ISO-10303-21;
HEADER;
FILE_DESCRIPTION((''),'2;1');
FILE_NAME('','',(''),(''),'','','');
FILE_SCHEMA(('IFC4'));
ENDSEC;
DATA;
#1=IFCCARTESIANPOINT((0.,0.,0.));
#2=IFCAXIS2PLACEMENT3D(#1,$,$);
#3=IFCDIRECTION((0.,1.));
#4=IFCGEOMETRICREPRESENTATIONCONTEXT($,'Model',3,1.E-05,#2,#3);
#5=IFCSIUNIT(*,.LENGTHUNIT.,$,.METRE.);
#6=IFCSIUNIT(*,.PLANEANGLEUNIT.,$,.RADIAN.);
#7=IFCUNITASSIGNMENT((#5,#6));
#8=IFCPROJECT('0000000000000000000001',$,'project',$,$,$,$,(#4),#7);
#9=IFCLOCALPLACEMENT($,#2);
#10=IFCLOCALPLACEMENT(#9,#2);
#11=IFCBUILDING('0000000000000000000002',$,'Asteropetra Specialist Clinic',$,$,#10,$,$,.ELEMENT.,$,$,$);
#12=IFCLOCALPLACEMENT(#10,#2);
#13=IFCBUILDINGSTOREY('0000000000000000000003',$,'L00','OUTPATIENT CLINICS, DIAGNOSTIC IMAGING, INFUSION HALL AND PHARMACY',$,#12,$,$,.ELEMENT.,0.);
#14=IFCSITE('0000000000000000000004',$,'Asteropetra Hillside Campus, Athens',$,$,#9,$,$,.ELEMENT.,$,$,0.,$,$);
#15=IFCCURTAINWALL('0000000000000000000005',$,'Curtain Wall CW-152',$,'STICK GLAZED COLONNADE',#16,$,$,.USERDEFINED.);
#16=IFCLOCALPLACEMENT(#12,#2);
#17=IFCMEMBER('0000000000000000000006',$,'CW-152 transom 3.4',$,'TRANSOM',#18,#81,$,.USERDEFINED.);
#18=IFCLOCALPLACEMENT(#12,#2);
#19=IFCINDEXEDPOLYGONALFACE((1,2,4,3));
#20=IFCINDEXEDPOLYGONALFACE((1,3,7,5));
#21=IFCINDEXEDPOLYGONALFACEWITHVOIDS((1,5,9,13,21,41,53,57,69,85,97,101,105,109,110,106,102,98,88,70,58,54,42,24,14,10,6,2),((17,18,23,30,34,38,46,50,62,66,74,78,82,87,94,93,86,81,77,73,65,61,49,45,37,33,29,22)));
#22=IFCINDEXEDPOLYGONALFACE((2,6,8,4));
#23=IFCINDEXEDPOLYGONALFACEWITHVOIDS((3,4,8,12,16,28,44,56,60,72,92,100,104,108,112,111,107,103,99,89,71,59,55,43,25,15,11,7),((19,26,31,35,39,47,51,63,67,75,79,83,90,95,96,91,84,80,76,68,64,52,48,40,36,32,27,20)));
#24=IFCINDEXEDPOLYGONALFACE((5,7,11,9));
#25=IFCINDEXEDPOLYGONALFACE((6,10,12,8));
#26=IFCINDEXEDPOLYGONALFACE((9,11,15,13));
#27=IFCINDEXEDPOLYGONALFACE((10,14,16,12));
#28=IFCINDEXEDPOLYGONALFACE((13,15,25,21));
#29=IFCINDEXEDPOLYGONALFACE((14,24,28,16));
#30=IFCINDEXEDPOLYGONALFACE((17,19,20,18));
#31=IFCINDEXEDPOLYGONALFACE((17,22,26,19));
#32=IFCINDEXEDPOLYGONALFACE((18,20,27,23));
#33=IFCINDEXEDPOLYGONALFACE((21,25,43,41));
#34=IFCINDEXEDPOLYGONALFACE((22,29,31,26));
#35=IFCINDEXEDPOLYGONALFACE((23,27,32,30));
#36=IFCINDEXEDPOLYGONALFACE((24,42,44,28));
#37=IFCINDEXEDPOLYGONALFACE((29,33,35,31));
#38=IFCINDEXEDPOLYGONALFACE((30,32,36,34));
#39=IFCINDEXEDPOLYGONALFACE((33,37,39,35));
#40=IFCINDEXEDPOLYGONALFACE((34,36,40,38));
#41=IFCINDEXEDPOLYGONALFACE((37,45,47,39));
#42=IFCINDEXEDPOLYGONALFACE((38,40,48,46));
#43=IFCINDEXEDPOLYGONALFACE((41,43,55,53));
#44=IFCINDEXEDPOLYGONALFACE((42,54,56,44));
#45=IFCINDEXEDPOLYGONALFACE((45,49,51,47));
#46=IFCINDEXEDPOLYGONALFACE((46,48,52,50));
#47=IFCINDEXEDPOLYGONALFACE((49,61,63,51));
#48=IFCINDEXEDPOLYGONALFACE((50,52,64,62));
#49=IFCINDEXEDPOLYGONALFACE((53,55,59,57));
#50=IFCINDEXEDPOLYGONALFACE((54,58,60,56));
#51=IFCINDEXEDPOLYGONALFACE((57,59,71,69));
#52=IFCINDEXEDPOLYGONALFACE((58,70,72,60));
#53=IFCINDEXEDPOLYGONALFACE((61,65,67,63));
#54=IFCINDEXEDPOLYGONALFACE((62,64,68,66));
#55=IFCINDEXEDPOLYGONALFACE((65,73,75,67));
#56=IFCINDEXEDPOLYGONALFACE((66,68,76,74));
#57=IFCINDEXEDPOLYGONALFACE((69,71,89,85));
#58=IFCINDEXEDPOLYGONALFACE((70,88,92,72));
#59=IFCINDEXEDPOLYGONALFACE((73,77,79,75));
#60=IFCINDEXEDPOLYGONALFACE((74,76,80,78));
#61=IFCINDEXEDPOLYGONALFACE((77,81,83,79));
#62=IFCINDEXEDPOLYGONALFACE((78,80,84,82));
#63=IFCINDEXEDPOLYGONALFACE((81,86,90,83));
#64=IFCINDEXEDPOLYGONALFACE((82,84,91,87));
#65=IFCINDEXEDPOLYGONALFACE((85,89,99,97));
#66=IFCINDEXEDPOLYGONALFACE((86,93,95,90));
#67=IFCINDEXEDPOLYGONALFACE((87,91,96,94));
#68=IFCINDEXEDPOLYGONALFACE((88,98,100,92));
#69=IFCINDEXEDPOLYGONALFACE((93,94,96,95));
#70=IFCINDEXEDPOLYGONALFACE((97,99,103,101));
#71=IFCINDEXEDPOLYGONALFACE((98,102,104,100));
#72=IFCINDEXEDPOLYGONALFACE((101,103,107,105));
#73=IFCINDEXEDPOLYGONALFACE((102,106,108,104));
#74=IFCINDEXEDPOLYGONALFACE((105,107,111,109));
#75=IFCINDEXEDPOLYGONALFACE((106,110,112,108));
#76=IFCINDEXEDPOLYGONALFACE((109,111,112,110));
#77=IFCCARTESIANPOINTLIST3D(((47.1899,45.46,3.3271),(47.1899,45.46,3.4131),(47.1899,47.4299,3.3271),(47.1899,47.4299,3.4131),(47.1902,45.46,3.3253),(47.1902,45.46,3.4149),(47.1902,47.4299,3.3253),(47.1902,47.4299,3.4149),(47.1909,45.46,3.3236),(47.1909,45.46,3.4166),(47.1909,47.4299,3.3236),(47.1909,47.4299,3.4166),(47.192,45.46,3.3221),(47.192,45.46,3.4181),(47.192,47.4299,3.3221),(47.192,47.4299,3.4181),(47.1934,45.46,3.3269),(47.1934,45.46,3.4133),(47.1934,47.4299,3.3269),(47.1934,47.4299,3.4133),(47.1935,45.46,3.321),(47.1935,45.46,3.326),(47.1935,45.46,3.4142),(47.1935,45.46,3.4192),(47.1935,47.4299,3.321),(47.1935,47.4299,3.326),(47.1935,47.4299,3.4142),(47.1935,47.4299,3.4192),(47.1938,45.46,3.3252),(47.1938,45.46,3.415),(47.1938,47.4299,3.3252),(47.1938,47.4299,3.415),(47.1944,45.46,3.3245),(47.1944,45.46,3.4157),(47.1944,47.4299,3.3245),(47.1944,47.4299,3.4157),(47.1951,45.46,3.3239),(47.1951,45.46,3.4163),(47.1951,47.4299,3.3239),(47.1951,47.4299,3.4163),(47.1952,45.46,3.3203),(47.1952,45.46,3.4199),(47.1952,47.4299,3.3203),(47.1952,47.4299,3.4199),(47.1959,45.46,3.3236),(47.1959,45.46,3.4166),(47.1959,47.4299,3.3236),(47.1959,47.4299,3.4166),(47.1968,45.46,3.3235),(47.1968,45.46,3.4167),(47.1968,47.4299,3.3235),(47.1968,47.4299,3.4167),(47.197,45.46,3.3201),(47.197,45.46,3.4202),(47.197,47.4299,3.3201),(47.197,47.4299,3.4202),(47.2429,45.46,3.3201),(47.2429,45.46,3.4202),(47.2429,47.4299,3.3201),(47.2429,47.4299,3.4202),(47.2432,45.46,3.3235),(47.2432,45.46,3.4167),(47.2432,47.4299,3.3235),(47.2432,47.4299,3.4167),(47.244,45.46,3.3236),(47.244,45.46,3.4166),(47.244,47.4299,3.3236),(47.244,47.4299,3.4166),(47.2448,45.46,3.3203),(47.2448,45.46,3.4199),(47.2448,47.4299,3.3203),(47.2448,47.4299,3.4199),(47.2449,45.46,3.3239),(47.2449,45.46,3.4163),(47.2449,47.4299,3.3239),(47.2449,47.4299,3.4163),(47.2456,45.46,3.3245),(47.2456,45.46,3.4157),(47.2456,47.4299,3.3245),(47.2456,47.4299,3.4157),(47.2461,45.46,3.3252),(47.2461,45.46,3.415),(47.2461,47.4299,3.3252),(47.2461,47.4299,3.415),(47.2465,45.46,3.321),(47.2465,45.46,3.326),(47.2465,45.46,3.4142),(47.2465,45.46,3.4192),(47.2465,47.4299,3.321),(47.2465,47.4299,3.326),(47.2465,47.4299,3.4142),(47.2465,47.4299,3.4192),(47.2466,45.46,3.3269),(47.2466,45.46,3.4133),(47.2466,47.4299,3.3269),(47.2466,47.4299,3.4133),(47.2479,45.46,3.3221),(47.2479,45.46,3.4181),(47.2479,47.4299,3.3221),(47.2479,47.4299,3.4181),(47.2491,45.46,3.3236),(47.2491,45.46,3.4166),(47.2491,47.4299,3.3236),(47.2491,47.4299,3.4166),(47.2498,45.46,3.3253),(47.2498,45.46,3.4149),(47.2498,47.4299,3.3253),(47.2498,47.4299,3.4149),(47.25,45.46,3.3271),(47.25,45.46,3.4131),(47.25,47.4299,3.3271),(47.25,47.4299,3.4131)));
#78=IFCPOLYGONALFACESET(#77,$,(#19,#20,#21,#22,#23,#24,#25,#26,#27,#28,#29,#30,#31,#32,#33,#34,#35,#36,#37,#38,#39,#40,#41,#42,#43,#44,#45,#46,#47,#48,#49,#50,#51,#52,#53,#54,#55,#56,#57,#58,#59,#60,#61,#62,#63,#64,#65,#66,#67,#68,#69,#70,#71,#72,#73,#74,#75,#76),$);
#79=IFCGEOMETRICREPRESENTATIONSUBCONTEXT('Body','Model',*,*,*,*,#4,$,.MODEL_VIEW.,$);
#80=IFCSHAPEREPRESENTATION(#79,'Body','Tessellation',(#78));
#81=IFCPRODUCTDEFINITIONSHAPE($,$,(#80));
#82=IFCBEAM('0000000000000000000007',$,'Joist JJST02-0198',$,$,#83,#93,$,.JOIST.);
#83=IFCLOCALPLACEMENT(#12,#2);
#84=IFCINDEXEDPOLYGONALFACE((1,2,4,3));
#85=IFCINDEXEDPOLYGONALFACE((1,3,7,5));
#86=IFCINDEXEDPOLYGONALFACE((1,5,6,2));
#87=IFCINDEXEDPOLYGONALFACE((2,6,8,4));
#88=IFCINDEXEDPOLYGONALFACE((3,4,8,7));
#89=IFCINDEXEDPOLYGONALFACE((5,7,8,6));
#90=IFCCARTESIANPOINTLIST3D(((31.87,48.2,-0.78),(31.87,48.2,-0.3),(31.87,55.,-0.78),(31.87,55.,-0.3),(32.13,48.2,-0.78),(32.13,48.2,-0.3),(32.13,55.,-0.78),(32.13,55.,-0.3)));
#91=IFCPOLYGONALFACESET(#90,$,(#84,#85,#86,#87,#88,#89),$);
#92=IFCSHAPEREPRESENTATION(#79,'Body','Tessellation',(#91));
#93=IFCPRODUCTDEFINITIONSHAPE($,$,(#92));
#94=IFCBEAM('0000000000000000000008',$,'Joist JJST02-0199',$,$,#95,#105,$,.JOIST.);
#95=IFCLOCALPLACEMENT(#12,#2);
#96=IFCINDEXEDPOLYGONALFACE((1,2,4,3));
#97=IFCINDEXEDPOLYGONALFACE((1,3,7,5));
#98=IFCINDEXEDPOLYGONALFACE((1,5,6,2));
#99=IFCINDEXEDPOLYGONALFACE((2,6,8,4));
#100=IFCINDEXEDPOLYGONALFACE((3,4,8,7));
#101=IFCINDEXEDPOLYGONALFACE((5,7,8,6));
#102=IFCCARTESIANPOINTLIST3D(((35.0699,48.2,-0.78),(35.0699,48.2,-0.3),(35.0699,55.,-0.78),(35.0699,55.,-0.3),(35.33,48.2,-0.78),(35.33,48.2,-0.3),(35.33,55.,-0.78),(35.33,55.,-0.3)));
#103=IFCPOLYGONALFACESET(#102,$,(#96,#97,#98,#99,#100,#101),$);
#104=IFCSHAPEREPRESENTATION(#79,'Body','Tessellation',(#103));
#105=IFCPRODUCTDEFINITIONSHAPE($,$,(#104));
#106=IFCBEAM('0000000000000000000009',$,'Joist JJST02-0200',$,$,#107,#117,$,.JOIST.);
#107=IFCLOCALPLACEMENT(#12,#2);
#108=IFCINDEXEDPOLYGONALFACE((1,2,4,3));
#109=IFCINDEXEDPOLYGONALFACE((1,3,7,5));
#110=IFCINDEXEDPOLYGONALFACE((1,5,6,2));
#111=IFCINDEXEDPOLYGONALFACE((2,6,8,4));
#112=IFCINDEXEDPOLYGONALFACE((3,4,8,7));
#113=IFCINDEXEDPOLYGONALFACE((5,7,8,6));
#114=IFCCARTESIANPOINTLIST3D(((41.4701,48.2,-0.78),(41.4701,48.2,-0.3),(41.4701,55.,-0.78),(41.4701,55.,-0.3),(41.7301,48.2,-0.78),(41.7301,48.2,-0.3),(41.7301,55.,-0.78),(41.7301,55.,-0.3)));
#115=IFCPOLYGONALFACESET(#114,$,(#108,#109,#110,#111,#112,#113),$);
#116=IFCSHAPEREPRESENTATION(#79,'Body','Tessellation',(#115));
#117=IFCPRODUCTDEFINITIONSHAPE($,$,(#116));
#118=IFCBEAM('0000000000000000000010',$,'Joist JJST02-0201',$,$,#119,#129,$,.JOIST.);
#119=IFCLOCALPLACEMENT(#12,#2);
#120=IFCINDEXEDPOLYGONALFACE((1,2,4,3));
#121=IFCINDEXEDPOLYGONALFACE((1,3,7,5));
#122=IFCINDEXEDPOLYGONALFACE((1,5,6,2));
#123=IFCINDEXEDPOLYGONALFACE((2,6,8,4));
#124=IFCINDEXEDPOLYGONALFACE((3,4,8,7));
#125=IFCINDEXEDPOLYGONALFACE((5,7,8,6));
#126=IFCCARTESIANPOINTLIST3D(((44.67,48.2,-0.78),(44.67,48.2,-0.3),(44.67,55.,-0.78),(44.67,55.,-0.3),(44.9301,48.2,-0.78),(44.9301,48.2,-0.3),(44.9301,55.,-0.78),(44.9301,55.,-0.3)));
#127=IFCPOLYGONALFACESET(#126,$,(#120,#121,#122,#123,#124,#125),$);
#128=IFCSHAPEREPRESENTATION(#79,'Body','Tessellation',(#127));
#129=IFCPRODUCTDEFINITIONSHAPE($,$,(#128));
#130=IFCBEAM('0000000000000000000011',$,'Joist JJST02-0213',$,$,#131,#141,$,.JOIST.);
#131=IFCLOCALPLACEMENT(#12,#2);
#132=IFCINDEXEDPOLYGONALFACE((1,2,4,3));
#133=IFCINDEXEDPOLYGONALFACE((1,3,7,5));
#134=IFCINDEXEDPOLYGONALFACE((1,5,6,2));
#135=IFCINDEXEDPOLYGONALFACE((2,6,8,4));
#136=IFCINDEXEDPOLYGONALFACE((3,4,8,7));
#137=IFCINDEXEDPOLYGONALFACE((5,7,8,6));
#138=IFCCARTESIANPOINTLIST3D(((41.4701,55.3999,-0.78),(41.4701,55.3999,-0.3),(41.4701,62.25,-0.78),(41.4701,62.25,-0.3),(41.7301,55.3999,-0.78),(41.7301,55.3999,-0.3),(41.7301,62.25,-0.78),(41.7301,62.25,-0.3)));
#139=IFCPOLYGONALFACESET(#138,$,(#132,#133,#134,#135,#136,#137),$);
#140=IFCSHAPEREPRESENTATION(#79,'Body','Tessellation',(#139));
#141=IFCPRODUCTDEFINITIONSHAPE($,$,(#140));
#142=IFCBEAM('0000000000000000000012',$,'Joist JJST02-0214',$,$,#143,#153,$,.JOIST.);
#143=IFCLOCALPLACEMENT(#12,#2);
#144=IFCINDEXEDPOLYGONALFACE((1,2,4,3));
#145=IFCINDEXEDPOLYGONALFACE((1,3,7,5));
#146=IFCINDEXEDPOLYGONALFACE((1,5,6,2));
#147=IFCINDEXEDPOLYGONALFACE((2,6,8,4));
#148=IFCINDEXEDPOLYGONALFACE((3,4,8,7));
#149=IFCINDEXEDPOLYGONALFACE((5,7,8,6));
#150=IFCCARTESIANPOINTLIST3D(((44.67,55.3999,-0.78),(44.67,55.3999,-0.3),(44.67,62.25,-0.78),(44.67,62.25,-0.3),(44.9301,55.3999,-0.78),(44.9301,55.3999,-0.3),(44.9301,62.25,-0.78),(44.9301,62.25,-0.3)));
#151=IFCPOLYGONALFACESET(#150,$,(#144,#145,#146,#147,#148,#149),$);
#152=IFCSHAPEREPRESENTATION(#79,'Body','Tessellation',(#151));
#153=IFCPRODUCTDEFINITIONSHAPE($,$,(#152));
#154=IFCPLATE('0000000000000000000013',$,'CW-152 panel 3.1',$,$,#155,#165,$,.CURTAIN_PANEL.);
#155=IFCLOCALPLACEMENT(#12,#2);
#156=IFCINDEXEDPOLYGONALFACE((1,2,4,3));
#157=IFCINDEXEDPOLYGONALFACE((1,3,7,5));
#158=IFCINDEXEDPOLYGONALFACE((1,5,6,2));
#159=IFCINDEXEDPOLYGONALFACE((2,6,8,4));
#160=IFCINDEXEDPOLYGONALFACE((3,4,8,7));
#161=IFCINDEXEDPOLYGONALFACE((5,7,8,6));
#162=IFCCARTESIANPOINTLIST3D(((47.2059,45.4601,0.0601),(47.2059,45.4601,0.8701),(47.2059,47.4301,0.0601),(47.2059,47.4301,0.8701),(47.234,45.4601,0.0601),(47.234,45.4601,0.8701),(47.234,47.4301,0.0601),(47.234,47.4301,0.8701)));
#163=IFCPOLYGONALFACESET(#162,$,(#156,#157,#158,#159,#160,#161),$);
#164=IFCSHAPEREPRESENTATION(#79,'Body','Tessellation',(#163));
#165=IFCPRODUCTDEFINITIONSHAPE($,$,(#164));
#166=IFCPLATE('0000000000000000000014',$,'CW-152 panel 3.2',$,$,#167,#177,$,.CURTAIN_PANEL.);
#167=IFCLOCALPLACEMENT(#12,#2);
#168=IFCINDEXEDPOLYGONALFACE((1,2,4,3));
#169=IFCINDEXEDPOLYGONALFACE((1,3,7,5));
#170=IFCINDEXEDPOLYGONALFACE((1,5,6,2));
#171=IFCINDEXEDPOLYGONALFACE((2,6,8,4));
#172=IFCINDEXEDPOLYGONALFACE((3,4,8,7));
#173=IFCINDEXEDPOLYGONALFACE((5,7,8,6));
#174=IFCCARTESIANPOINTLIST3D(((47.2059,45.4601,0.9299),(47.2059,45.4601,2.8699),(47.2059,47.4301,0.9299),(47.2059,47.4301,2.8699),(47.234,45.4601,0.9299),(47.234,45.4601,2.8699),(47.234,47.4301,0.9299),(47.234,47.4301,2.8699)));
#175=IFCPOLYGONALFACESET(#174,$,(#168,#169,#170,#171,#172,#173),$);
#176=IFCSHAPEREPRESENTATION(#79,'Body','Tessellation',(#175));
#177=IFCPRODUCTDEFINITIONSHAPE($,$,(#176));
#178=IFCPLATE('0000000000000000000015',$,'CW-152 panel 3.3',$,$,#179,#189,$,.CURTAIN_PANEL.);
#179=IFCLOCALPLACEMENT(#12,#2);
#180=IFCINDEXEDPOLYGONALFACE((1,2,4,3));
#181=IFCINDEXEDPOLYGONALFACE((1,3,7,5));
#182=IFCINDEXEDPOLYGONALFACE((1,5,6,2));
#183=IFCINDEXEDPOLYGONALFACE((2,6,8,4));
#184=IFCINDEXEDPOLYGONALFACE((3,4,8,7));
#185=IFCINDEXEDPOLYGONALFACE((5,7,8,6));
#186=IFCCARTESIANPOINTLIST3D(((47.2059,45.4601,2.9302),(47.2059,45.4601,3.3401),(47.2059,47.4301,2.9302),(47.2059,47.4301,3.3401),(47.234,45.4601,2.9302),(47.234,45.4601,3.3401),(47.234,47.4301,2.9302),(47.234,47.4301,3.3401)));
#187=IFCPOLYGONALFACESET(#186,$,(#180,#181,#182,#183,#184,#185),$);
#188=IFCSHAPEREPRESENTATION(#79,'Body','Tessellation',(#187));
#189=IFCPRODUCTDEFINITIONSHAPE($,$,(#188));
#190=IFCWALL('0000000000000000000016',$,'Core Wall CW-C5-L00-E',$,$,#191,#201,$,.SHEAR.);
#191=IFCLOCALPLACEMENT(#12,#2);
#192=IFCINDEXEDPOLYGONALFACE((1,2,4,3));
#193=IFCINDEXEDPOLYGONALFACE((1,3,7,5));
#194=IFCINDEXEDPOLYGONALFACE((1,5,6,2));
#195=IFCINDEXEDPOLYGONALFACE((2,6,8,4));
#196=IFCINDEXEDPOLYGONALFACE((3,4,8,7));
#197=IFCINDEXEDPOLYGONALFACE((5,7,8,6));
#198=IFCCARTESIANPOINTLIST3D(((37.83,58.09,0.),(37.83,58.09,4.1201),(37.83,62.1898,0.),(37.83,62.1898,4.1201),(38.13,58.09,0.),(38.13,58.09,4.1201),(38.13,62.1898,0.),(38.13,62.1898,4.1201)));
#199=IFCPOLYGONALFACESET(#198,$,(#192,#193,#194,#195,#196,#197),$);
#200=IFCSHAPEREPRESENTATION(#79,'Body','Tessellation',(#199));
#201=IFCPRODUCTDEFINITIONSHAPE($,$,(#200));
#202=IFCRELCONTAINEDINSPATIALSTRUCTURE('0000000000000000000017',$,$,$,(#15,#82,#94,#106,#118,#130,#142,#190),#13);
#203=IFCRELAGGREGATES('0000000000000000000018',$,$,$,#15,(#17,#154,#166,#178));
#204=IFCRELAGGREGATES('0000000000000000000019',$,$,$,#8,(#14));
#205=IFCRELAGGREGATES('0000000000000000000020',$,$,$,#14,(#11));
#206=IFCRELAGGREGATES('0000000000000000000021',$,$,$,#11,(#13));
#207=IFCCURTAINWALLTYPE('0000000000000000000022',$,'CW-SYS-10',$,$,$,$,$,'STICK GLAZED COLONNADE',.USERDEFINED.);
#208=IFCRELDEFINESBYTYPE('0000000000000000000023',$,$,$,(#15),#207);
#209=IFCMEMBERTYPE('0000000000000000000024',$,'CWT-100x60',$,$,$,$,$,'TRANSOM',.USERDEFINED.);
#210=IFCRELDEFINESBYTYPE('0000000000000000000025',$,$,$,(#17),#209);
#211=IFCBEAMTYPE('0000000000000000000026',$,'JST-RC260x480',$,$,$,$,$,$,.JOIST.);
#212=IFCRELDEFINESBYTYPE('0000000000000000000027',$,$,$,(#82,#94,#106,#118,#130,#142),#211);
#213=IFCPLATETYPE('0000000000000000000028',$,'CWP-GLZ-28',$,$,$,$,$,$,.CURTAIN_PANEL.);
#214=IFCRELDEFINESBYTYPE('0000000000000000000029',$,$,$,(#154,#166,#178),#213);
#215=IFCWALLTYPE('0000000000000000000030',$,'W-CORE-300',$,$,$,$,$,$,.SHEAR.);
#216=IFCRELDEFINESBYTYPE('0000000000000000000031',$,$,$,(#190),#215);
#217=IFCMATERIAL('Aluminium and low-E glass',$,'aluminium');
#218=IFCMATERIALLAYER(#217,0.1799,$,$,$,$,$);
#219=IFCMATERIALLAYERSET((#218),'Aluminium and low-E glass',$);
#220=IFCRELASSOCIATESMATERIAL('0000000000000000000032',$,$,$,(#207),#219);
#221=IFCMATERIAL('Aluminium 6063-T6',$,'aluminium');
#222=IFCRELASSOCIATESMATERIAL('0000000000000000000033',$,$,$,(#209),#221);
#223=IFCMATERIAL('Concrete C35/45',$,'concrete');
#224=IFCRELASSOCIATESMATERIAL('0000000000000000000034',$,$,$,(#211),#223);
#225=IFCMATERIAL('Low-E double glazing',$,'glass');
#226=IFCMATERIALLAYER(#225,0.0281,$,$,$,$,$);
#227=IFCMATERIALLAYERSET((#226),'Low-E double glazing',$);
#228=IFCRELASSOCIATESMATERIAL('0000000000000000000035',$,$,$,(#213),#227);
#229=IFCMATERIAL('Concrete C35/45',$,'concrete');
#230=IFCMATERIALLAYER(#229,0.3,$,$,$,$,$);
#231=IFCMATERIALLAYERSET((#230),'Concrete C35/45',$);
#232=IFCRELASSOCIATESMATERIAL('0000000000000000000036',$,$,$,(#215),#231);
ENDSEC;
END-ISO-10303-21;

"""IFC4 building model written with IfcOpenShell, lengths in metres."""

from ifc_helpers import new_model, si_unit, direction, frame, frame_2d, origin, origin_2d, place, context, subcontext, project, spatial, rectangle, hollow_rectangle, extrude, material, layer, layer_set, material_profile, profile_set, type_object, element, aggregate, save


model = new_model("IFC4")

# Units and contexts
model_context = context("Model", 3, precision=1e-05, world=origin(), true_north=direction((0.0, 1.0)))
body_context = subcontext(model_context, "Body", "Model", "MODEL_VIEW")
ifc_project = project(units=[si_unit("LENGTHUNIT", "METRE"), si_unit("PLANEANGLEUNIT", "RADIAN")], contexts=[model_context])

# Site, building, storey
site_placement = place(None, origin())
site = spatial("IfcSite", under=ifc_project, at=site_placement, Name="Asteropetra Hillside Campus, Athens", CompositionType="ELEMENT", RefElevation=0.0)
building_placement = place(site_placement, origin())
building = spatial("IfcBuilding", under=site, at=building_placement, Name="Asteropetra Specialist Clinic", CompositionType="ELEMENT")
storey_placement = place(building_placement, origin())
storey = spatial("IfcBuildingStorey", under=building, at=storey_placement, Name="L00", Description="OUTPATIENT CLINICS, DIAGNOSTIC IMAGING, INFUSION HALL AND PHARMACY", CompositionType="ELEMENT", Elevation=0.0)

# Curtain wall, member
ifc_material_1 = material(Name="Aluminium and low-E glass", Category="aluminium")
ifc_layer_1 = layer(ifc_material_1, 0.1799)
ifc_layer_set_1 = layer_set([ifc_layer_1], Name="Aluminium and low-E glass")
curtain_wall_type = type_object("IfcCurtainWallType", Name="CW-SYS-10", ElementType="STICK GLAZED COLONNADE", PredefinedType="USERDEFINED", material=ifc_layer_set_1)
curtain_wall_placement = place(storey_placement, origin())
curtain_wall = element("IfcCurtainWall", 1, at=curtain_wall_placement, inside=storey, type_object=curtain_wall_type, Name="Curtain Wall CW-152", ObjectType="STICK GLAZED COLONNADE", PredefinedType="USERDEFINED")
ifc_material_2 = material(Name="Aluminium 6063-T6", Category="aluminium")
ifc_material_profile_1 = material_profile(ifc_material_2, hollow_rectangle(XDim=0.0601, YDim=0.1001, WallThickness=0.0034, InnerFilletRadius=0.0034, OuterFilletRadius=0.0071, at=origin_2d()), Name="TRN 100x60x3.5")
ifc_profile_set_1 = profile_set([ifc_material_profile_1], Name="Aluminium 6063-T6")
member_type = type_object("IfcMemberType", Name="CWT-100x60", ElementType="TRANSOM", PredefinedType="USERDEFINED", material=ifc_profile_set_1)
member_1_placement = place(storey_placement, frame((47.22, 45.46, 3.3701), z_axis=(0.0, 1.0, 0.0), x_axis=(-1.0, 0.0, 0.0)))
member_1 = element("IfcMember", 2, at=member_1_placement, type_object=member_type, Name="CW-152 transom 3.4", ObjectType="TRANSOM", PredefinedType="USERDEFINED", context=body_context, shape_type="SweptSolid", body=[
    extrude(hollow_rectangle(XDim=0.0601, YDim=0.1001, WallThickness=0.0034, InnerFilletRadius=0.0034, OuterFilletRadius=0.0071, at=origin_2d()), origin(), (0.0, 0.0, 1.0), 1.97),
])

# Beams
ifc_material_3 = material(Name="Concrete C35/45", Category="concrete")
ifc_material_profile_2 = material_profile(ifc_material_3, rectangle(XDim=0.26, YDim=0.48, at=origin_2d()), Name="RCJ 260x480")
ifc_profile_set_2 = profile_set([ifc_material_profile_2], Name="Concrete C35/45")
beam_type_1 = type_object("IfcBeamType", Name="JST-RC260x480", PredefinedType="JOIST", material=ifc_profile_set_2)
for number, where, z_axis, x_axis, name in (
    (3, (32.0, 48.2, -0.54), (0.0, 1.0, 0.0), (-1.0, 0.0, 0.0), "Joist JJST02-0198"),
    (4, (35.2, 48.2, -0.54), (0.0, 1.0, 0.0), (-1.0, 0.0, 0.0), "Joist JJST02-0199"),
    (5, (41.6001, 48.2, -0.54), (0.0, 1.0, 0.0), (-1.0, 0.0, 0.0), "Joist JJST02-0200"),
    (6, (44.8, 48.2, -0.54), (0.0, 1.0, 0.0), (-1.0, 0.0, 0.0), "Joist JJST02-0201"),
):
    element("IfcBeam", number, at=place(storey_placement, frame(where, z_axis=z_axis, x_axis=x_axis)), inside=storey, type_object=beam_type_1, Name=name, PredefinedType="JOIST", context=body_context, shape_type="SweptSolid", body=[
        extrude(rectangle(XDim=0.26, YDim=0.48, at=origin_2d()), origin(), (0.0, 0.0, 1.0), 6.8),
    ])
for number, where, z_axis, x_axis, name in (
    (7, (41.6001, 55.3999, -0.54), (0.0, 1.0, 0.0), (-1.0, 0.0, 0.0), "Joist JJST02-0213"),
    (8, (44.8, 55.3999, -0.54), (0.0, 1.0, 0.0), (-1.0, 0.0, 0.0), "Joist JJST02-0214"),
):
    element("IfcBeam", number, at=place(storey_placement, frame(where, z_axis=z_axis, x_axis=x_axis)), inside=storey, type_object=beam_type_1, Name=name, PredefinedType="JOIST", context=body_context, shape_type="SweptSolid", body=[
        extrude(rectangle(XDim=0.26, YDim=0.48, at=origin_2d()), origin(), (0.0, 0.0, 1.0), 6.8501),
    ])

# Plates
ifc_material_4 = material(Name="Low-E double glazing", Category="glass")
ifc_layer_2 = layer(ifc_material_4, 0.0281)
ifc_layer_set_2 = layer_set([ifc_layer_2], Name="Low-E double glazing")
plate_type = type_object("IfcPlateType", Name="CWP-GLZ-28", PredefinedType="CURTAIN_PANEL", material=ifc_layer_set_2)
plate_1_placement = place(storey_placement, frame((47.22, 46.4451, 0.0601), z_axis=(0.0, 0.0, 1.0), x_axis=(0.0, 1.0, 0.0)))
plate_1 = element("IfcPlate", 9, at=plate_1_placement, type_object=plate_type, Name="CW-152 panel 3.1", PredefinedType="CURTAIN_PANEL", context=body_context, shape_type="SweptSolid", body=[
    extrude(rectangle(XDim=1.97, YDim=0.0281, at=origin_2d()), origin(), (0.0, 0.0, 1.0), 0.8101),
])
plate_2_placement = place(storey_placement, frame((47.22, 46.4451, 0.9299), z_axis=(0.0, 0.0, 1.0), x_axis=(0.0, 1.0, 0.0)))
plate_2 = element("IfcPlate", 10, at=plate_2_placement, type_object=plate_type, Name="CW-152 panel 3.2", PredefinedType="CURTAIN_PANEL", context=body_context, shape_type="SweptSolid", body=[
    extrude(rectangle(XDim=1.97, YDim=0.0281, at=origin_2d()), origin(), (0.0, 0.0, 1.0), 1.9399),
])
plate_3_placement = place(storey_placement, frame((47.22, 46.4451, 2.9302), z_axis=(0.0, 0.0, 1.0), x_axis=(0.0, 1.0, 0.0)))
plate_3 = element("IfcPlate", 11, at=plate_3_placement, type_object=plate_type, Name="CW-152 panel 3.3", PredefinedType="CURTAIN_PANEL", context=body_context, shape_type="SweptSolid", body=[
    extrude(rectangle(XDim=1.97, YDim=0.0281, at=origin_2d()), origin(), (0.0, 0.0, 1.0), 0.4099),
])
aggregate(curtain_wall, [member_1, plate_1, plate_2, plate_3])

# Wall
ifc_material_5 = material(Name="Concrete C35/45", Category="concrete")
ifc_layer_3 = layer(ifc_material_5, 0.3)
ifc_layer_set_3 = layer_set([ifc_layer_3], Name="Concrete C35/45")
wall_type_1 = type_object("IfcWallType", Name="W-CORE-300", PredefinedType="SHEAR", material=ifc_layer_set_3)
wall_1_placement = place(storey_placement, frame((37.98, 58.0901, 0.0), z_axis=(0.0, 0.0, 1.0), x_axis=(0.0, 1.0, 0.0)))
element("IfcWall", 12, at=wall_1_placement, inside=storey, type_object=wall_type_1, Name="Core Wall CW-C5-L00-E", PredefinedType="SHEAR", context=body_context, shape_type="SweptSolid", body=[
    extrude(rectangle(XDim=4.0999, YDim=0.3, at=frame_2d((2.0498, 0.0))), origin(), (0.0, 0.0, 1.0), 4.1201),
])

save(model, "model.ifc")
